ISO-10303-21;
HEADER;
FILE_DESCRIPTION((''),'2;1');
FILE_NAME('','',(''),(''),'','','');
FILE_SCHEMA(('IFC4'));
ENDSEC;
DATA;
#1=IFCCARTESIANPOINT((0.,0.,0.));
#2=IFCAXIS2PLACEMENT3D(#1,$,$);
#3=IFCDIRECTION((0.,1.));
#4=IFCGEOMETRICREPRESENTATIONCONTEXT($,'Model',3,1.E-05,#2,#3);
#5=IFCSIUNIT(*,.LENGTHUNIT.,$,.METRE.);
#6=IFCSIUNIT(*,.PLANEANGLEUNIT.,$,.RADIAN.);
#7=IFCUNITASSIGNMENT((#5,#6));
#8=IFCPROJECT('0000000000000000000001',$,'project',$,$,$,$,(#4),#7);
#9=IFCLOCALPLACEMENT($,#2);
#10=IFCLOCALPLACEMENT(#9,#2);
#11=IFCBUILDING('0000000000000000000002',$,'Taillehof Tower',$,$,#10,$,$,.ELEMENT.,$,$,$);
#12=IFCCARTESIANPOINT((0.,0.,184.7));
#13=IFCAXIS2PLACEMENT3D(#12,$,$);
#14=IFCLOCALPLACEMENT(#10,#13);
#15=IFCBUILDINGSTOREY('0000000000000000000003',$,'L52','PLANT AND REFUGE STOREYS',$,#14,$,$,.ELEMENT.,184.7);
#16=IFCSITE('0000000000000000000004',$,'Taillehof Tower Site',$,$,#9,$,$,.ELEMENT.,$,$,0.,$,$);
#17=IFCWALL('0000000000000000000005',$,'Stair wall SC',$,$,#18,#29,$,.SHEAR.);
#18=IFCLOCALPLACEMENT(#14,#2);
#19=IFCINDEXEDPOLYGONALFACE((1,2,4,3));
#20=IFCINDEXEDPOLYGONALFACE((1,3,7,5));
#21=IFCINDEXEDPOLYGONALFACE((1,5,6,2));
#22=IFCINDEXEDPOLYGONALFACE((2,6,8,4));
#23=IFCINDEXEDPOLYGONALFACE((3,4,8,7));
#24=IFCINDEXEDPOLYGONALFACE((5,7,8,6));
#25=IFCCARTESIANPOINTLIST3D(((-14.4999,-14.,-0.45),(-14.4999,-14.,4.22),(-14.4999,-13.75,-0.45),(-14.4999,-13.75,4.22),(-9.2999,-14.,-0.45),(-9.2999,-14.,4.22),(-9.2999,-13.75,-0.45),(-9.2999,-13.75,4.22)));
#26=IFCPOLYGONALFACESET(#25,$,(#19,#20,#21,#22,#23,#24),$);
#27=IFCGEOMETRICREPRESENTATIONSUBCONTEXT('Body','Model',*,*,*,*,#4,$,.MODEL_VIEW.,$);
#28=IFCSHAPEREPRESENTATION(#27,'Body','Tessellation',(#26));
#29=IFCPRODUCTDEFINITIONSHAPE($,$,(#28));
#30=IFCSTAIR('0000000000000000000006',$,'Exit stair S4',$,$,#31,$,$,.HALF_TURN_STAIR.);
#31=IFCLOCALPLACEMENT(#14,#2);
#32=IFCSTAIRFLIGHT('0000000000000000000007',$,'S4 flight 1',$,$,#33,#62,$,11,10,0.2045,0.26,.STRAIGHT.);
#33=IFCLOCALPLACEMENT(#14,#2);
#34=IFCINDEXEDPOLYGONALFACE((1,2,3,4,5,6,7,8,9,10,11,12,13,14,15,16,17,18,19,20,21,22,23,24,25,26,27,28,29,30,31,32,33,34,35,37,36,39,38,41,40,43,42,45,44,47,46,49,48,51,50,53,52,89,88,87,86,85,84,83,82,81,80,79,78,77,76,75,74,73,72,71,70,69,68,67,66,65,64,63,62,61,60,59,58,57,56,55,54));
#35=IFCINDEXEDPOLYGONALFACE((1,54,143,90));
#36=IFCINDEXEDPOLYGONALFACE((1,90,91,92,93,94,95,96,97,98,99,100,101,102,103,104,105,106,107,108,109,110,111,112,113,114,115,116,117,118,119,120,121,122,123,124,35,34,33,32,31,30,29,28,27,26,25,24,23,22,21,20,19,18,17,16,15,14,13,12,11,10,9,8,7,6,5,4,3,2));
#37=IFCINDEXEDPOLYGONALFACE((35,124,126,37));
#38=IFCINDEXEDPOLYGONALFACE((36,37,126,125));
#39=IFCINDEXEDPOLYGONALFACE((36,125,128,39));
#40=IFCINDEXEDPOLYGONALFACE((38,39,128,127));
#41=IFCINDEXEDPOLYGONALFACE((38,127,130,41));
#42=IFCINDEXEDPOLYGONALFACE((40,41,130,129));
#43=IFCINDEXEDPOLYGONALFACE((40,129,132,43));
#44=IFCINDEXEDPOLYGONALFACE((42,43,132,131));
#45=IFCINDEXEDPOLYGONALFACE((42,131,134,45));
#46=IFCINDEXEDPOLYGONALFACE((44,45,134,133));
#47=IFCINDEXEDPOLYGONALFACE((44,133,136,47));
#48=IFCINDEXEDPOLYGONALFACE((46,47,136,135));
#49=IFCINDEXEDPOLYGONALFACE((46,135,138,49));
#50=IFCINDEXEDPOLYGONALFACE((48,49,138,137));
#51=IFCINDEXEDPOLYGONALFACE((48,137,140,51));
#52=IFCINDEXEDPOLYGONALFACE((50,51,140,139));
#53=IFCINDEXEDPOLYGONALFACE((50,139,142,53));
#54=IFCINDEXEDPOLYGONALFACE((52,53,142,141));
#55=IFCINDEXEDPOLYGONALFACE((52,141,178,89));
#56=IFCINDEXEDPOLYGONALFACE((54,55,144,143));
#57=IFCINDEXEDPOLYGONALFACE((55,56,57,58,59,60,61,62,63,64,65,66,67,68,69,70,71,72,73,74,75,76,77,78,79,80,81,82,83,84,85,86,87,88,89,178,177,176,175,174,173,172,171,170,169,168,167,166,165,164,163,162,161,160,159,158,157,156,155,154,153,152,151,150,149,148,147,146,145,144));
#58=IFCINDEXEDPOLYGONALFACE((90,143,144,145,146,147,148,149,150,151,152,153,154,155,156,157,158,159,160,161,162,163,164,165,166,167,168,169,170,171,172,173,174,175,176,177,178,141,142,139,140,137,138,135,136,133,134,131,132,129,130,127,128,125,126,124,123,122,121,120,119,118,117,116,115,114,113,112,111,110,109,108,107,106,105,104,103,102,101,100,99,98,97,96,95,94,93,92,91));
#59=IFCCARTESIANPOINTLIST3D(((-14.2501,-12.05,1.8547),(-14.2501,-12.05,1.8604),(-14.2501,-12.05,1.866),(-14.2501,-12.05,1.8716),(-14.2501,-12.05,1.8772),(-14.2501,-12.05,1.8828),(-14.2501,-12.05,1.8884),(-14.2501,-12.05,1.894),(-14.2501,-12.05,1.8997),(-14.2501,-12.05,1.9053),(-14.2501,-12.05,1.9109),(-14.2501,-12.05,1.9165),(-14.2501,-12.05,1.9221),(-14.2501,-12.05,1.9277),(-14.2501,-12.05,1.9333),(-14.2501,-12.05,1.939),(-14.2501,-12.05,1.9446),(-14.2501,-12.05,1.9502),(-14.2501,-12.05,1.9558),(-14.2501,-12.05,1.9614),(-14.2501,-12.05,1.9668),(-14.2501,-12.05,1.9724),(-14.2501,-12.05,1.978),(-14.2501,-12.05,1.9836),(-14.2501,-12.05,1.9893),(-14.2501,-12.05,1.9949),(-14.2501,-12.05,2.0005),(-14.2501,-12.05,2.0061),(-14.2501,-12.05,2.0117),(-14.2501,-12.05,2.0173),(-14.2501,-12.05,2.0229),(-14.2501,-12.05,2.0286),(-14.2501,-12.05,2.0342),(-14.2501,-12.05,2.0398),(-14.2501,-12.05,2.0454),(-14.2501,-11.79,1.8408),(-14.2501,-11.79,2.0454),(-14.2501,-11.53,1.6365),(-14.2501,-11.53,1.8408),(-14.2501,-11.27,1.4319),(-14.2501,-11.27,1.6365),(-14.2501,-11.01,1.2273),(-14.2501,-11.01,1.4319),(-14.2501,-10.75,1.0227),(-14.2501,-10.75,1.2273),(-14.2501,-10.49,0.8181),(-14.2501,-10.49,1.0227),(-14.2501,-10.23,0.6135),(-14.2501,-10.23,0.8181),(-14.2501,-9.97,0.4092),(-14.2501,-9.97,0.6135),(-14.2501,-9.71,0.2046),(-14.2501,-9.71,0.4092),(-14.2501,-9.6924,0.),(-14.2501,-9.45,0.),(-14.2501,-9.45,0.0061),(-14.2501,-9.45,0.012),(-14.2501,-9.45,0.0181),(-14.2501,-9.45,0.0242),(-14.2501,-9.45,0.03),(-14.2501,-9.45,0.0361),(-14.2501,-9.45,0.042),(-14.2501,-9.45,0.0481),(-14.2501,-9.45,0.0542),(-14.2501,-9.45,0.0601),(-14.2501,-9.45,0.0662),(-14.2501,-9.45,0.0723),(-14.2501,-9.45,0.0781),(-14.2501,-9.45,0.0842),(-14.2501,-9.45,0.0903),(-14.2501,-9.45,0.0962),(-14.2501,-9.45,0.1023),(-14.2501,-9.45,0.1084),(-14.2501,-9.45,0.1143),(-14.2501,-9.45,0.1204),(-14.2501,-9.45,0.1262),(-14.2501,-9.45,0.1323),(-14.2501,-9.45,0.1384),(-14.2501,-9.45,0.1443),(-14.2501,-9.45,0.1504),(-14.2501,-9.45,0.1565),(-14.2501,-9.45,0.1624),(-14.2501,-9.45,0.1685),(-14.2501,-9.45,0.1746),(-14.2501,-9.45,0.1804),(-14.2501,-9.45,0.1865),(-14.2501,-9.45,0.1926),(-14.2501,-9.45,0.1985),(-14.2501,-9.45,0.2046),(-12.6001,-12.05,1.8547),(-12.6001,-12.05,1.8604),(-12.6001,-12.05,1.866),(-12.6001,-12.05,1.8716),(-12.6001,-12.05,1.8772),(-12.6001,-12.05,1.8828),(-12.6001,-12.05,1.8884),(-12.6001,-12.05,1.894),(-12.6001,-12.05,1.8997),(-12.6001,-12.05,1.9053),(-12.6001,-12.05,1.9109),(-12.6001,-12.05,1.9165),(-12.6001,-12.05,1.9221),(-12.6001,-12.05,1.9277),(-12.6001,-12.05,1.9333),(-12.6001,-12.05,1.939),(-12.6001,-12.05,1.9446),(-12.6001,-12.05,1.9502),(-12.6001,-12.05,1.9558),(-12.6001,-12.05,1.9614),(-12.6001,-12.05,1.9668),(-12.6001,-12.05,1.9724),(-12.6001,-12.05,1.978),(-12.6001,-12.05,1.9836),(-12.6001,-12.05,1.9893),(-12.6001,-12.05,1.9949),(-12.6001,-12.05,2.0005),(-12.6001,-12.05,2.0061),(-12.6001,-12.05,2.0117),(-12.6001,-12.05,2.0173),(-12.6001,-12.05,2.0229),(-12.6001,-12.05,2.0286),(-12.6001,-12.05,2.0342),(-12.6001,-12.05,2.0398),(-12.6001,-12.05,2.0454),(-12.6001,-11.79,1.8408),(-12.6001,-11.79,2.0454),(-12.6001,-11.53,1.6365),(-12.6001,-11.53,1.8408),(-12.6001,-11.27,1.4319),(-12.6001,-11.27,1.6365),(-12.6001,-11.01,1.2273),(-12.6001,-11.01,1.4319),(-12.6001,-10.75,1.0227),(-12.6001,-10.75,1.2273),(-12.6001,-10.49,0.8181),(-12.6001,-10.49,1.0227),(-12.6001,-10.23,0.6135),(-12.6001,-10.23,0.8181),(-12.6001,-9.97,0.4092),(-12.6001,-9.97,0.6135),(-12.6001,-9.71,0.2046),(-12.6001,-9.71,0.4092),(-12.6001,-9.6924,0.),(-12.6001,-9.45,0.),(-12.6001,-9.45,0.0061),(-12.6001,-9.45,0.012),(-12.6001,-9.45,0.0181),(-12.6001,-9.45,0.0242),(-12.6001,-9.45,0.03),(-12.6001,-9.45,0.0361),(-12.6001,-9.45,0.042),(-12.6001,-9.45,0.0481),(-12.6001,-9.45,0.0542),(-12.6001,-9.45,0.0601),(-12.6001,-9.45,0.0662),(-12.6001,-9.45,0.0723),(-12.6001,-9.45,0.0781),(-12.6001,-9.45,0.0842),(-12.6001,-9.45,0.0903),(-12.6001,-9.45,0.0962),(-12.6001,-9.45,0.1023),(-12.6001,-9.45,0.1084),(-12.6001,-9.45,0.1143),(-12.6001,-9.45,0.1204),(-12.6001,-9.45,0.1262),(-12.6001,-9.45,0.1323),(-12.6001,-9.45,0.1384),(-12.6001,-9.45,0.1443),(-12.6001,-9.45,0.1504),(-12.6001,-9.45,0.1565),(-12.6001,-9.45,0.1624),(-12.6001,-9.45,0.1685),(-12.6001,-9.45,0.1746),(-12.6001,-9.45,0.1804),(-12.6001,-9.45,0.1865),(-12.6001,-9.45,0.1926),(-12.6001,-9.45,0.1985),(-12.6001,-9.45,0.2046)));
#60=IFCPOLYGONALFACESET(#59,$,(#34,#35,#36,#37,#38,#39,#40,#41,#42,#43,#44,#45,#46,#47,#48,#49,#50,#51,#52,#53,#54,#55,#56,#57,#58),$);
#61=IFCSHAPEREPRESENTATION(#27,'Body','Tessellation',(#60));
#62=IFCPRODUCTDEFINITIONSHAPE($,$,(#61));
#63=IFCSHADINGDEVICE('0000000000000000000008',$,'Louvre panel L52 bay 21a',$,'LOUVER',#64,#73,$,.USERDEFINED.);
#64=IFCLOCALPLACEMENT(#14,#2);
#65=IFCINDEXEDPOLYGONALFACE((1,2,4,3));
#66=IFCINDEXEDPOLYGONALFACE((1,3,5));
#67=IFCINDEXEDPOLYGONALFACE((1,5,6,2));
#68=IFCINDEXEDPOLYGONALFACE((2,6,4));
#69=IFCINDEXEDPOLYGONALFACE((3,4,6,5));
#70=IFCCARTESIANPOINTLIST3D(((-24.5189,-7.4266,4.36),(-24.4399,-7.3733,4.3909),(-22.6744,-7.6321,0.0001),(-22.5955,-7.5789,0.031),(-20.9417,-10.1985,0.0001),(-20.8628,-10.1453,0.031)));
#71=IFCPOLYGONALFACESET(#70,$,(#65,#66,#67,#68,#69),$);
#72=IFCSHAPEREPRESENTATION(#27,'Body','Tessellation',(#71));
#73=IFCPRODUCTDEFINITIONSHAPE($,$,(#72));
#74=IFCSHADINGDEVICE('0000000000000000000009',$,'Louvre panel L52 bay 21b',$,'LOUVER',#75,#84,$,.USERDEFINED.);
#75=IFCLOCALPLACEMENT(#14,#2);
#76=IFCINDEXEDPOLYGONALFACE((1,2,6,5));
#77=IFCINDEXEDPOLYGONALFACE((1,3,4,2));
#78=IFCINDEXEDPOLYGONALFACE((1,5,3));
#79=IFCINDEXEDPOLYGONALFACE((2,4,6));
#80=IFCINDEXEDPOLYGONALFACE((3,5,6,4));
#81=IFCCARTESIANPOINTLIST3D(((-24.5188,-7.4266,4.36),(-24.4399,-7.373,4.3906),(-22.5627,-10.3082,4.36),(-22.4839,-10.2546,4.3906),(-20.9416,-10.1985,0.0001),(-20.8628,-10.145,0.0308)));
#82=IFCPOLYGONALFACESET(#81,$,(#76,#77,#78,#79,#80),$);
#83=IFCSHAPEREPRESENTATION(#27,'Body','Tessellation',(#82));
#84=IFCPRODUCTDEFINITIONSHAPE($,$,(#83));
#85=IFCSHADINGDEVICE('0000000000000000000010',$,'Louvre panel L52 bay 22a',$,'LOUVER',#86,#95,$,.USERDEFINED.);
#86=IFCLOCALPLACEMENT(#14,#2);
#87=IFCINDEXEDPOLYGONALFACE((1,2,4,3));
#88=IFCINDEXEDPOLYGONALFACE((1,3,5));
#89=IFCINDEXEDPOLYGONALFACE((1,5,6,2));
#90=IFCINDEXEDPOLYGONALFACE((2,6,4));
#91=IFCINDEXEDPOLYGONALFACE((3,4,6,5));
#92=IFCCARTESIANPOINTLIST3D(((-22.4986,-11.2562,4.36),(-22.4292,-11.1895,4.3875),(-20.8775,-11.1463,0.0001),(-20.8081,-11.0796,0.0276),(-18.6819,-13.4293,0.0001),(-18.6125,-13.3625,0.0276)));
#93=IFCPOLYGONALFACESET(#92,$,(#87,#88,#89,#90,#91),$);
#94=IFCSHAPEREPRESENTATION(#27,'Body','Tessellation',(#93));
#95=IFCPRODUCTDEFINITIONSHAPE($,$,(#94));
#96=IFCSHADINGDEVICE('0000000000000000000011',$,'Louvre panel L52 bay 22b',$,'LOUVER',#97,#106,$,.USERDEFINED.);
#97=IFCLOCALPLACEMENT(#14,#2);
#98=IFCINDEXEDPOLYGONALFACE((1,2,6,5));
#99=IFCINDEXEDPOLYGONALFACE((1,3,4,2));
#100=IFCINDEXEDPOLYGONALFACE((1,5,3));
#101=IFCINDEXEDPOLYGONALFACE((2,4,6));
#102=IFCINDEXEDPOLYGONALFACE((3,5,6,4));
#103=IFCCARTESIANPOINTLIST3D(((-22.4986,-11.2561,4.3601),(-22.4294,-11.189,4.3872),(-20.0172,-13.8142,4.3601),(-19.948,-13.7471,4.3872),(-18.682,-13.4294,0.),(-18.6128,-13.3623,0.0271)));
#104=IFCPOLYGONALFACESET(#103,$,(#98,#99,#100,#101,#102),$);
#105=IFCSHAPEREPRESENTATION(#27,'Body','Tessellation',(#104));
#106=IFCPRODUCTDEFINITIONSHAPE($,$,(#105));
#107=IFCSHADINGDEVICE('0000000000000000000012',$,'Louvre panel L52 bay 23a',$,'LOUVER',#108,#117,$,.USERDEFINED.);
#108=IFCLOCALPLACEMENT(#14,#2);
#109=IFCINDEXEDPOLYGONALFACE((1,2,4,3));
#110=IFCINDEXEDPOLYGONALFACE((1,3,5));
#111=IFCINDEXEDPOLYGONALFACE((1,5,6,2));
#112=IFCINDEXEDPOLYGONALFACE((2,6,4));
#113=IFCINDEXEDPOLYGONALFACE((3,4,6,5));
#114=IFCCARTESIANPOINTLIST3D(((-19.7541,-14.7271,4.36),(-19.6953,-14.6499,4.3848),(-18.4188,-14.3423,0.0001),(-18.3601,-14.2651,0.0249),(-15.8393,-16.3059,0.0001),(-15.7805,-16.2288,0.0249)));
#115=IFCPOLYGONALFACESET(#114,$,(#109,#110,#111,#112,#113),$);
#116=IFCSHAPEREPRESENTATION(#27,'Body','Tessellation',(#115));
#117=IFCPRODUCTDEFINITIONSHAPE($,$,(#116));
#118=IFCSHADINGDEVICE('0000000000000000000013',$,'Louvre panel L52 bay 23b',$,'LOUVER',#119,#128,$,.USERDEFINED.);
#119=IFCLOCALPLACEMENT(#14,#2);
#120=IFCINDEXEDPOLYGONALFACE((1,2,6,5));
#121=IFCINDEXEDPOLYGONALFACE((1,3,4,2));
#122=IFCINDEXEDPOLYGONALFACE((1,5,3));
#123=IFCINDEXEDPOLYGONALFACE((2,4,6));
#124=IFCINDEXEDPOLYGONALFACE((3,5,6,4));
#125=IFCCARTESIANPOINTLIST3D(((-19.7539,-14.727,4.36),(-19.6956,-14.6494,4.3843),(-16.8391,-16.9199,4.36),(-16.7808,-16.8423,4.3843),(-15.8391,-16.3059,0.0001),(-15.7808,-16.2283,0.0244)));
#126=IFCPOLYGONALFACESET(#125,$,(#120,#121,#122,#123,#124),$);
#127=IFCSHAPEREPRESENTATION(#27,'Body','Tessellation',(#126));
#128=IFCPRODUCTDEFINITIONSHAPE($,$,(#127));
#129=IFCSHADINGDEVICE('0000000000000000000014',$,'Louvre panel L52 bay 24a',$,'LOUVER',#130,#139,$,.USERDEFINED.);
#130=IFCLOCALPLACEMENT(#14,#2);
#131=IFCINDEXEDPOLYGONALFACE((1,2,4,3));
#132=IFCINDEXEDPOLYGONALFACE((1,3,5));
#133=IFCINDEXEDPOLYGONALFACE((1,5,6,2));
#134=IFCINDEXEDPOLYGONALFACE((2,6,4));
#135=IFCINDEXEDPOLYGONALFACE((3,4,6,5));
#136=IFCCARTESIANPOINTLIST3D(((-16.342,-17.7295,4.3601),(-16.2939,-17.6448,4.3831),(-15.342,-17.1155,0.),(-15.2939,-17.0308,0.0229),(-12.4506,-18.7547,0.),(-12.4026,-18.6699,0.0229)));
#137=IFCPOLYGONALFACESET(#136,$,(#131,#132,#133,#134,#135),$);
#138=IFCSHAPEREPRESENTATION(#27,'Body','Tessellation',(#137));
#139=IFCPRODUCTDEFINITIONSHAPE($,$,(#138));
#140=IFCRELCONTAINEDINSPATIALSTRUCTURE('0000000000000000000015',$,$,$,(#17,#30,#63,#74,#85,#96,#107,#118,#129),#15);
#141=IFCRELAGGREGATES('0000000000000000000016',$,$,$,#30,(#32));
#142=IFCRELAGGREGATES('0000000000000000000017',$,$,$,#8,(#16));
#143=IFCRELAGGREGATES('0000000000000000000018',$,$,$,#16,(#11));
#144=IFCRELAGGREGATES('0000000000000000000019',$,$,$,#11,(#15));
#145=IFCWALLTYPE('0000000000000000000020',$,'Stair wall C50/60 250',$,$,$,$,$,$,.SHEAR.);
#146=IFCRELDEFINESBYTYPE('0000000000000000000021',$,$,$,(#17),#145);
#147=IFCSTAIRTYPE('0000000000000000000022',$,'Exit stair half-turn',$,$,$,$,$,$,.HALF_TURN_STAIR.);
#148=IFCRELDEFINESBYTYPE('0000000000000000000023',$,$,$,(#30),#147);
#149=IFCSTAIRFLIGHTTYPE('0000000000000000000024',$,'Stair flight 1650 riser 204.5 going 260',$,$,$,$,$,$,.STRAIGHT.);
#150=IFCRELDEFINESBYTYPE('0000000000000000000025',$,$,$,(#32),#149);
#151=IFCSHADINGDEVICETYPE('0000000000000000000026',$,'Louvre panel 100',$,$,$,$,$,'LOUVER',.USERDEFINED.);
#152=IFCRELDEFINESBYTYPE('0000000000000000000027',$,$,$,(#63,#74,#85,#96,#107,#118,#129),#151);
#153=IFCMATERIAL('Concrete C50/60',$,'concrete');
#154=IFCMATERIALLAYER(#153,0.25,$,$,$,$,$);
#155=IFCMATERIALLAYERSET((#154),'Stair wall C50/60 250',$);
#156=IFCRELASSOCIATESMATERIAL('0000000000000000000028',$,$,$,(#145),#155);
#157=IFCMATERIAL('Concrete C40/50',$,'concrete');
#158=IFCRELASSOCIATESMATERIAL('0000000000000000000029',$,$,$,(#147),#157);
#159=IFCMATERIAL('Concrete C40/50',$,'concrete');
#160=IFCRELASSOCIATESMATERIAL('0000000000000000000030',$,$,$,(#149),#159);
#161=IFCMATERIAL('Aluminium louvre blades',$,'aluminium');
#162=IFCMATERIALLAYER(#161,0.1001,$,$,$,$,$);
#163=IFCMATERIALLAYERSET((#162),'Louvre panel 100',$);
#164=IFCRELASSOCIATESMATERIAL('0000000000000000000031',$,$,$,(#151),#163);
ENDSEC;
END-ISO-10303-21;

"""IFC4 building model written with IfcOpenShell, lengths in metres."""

from ifc_helpers import new_model, si_unit, direction, frame, frame_2d, origin, place, context, subcontext, project, spatial, polyline, rectangle, outline, extrude, material, layer, layer_set, type_object, element, aggregate, save


model = new_model("IFC4")

# Units and contexts
model_context = context("Model", 3, precision=1e-05, world=origin(), true_north=direction((0.0, 1.0)))
body_context = subcontext(model_context, "Body", "Model", "MODEL_VIEW")
ifc_project = project(units=[si_unit("LENGTHUNIT", "METRE"), si_unit("PLANEANGLEUNIT", "RADIAN")], contexts=[model_context])

# Site, building, storey
site_placement = place(None, origin())
site = spatial("IfcSite", under=ifc_project, at=site_placement, Name="Taillehof Tower Site", CompositionType="ELEMENT", RefElevation=0.0)
building_placement = place(site_placement, origin())
building = spatial("IfcBuilding", under=site, at=building_placement, Name="Taillehof Tower", CompositionType="ELEMENT")
storey_placement = place(building_placement, frame((0.0, 0.0, 184.7)))
storey = spatial("IfcBuildingStorey", under=building, at=storey_placement, Name="L52", Description="PLANT AND REFUGE STOREYS", CompositionType="ELEMENT", Elevation=184.7)

# Wall
ifc_material_1 = material(Name="Concrete C50/60", Category="concrete")
ifc_layer_1 = layer(ifc_material_1, 0.25)
ifc_layer_set_1 = layer_set([ifc_layer_1], Name="Stair wall C50/60 250")
wall_type_1 = type_object("IfcWallType", Name="Stair wall C50/60 250", PredefinedType="SHEAR", material=ifc_layer_set_1)
for number, where, z_axis, x_axis, name in (
    (1, (-14.5, -13.875, -0.45), (0.0, 0.0, 1.0), (1.0, 0.0, 0.0), "Stair wall SC"),
):
    element("IfcWall", number, at=place(storey_placement, frame(where, z_axis=z_axis, x_axis=x_axis)), inside=storey, type_object=wall_type_1, Name=name, PredefinedType="SHEAR", context=body_context, shape_type="SweptSolid", body=[
        extrude(rectangle(XDim=5.2, YDim=0.25, at=frame_2d((2.6001, 0.0))), origin(), (0.0, 0.0, 1.0), 4.6699),
    ])

# Stair, stair flight
ifc_material_2 = material(Name="Concrete C40/50", Category="concrete")
stair_type = type_object("IfcStairType", Name="Exit stair half-turn", PredefinedType="HALF_TURN_STAIR", material=ifc_material_2)
stair_placement = place(storey_placement, origin())
stair = element("IfcStair", 2, at=stair_placement, inside=storey, type_object=stair_type, Name="Exit stair S4", PredefinedType="HALF_TURN_STAIR")
ifc_material_3 = material(Name="Concrete C40/50", Category="concrete")
stair_flight_type = type_object("IfcStairFlightType", Name="Stair flight 1650 riser 204.5 going 260", PredefinedType="STRAIGHT", material=ifc_material_3)
stair_flight_placement = place(storey_placement, frame((-13.425, -9.45, 0.0), z_axis=(0.0, 0.0, 1.0), x_axis=(0.0, -1.0, 0.0)))
stair_flight = element("IfcStairFlight", 3, at=stair_flight_placement, type_object=stair_flight_type, Name="S4 flight 1", NumberOfRisers=11, NumberOfTreads=10, PredefinedType="STRAIGHT", RiserHeight=0.2045, TreadLength=0.26, context=body_context, shape_type="SweptSolid", body=[
    extrude(outline(polyline([(0.0, 0.0), (0.0, 0.0061), (0.0, 0.012), (0.0, 0.0181), (0.0, 0.0242), (0.0, 0.03), (0.0, 0.0361), (0.0, 0.042), (0.0, 0.0481), (0.0, 0.0542), (0.0, 0.0601), (0.0, 0.0662), (0.0, 0.0723), (0.0, 0.0781), (0.0, 0.0842), (0.0, 0.0903), (0.0, 0.0962), (0.0, 0.1023), (0.0, 0.1084), (0.0, 0.1143), (0.0, 0.1204), (0.0, 0.1262), (0.0, 0.1323), (0.0, 0.1384), (0.0, 0.1443), (0.0, 0.1504), (0.0, 0.1565), (0.0, 0.1624), (0.0, 0.1685), (0.0, 0.1746), (0.0, 0.1804), (0.0, 0.1865), (0.0, 0.1926), (0.0, 0.1985), (0.0, 0.2046), (0.26, 0.2046), (0.26, 0.4092), (0.52, 0.4092), (0.52, 0.6135), (0.78, 0.6135), (0.78, 0.8181), (1.04, 0.8181), (1.04, 1.0227), (1.3, 1.0227), (1.3, 1.2273), (1.5601, 1.2273), (1.5601, 1.4319), (1.8201, 1.4319), (1.8201, 1.6365), (2.0801, 1.6365), (2.0801, 1.8408), (2.3401, 1.8408), (2.3401, 2.0454), (2.6001, 2.0454), (2.6001, 2.0398), (2.6001, 2.0342), (2.6001, 2.0286), (2.6001, 2.0229), (2.6001, 2.0173), (2.6001, 2.0117), (2.6001, 2.0061), (2.6001, 2.0005), (2.6001, 1.9949), (2.6001, 1.9893), (2.6001, 1.9836), (2.6001, 1.978), (2.6001, 1.9724), (2.6001, 1.9668), (2.6001, 1.9614), (2.6001, 1.9558), (2.6001, 1.9502), (2.6001, 1.9446), (2.6001, 1.939), (2.6001, 1.9333), (2.6001, 1.9277), (2.6001, 1.9221), (2.6001, 1.9165), (2.6001, 1.9109), (2.6001, 1.9053), (2.6001, 1.8997), (2.6001, 1.894), (2.6001, 1.8884), (2.6001, 1.8828), (2.6001, 1.8772), (2.6001, 1.8716), (2.6001, 1.866), (2.6001, 1.8604), (2.6001, 1.8547), (0.2424, 0.0), (0.0, 0.0)])), frame((0.0, 0.825, 0.0), z_axis=(0.0, -1.0, 0.0), x_axis=(1.0, 0.0, 0.0)), (0.0, 0.0, 1.0), 1.65),
])
aggregate(stair, [stair_flight])

# Shading devices
ifc_material_4 = material(Name="Aluminium louvre blades", Category="aluminium")
ifc_layer_2 = layer(ifc_material_4, 0.1001)
ifc_layer_set_2 = layer_set([ifc_layer_2], Name="Louvre panel 100")
shading_device_type = type_object("IfcShadingDeviceType", Name="Louvre panel 100", ElementType="LOUVER", PredefinedType="USERDEFINED", material=ifc_layer_set_2)
shading_device_1_placement = place(storey_placement, frame((-22.5955, -7.5789, 0.031), z_axis=(0.788389, 0.532267, 0.308439), x_axis=(0.559549, -0.828797, 0.0)))
element("IfcShadingDevice", 4, at=shading_device_1_placement, inside=storey, type_object=shading_device_type, Name="Louvre panel L52 bay 21a", ObjectType="LOUVER", PredefinedType="USERDEFINED", context=body_context, shape_type="SweptSolid", body=[
    extrude(outline(polyline([(0.0, 0.0), (3.0965, 0.0), (-1.2025, -4.5833), (0.0, 0.0)])), origin(), (0.0, 0.0, -1.0), 0.1001),
])
shading_device_2_placement = place(storey_placement, frame((-20.8628, -10.145, 0.0308), z_axis=(0.787617, 0.534643, 0.306296), x_axis=(-0.348414, -0.02356, 0.937045)))
element("IfcShadingDevice", 5, at=shading_device_2_placement, inside=storey, type_object=shading_device_type, Name="Louvre panel L52 bay 21b", ObjectType="LOUVER", PredefinedType="USERDEFINED", context=body_context, shape_type="SweptSolid", body=[
    extrude(outline(polyline([(0.0, 0.0), (4.6528, 0.0), (5.2664, -3.4283), (0.0, 0.0)])), origin(), (0.0, 0.0, -1.0), 0.1001),
])
shading_device_3_placement = place(storey_placement, frame((-20.8081, -11.0796, 0.0276), z_axis=(0.693083, 0.666548, 0.2745), x_axis=(0.693175, -0.720769, 0.0)))
element("IfcShadingDevice", 6, at=shading_device_3_placement, inside=storey, type_object=shading_device_type, Name="Louvre panel L52 bay 22a", ObjectType="LOUVER", PredefinedType="USERDEFINED", context=body_context, shape_type="SweptSolid", body=[
    extrude(outline(polyline([(0.0, 0.0), (3.1674, 0.0), (-1.0445, -4.534), (0.0, 0.0)])), origin(), (0.0, 0.0, -1.0), 0.1001),
])
shading_device_4_placement = place(storey_placement, frame((-18.6128, -13.3623, 0.0271), z_axis=(0.690971, 0.670265, 0.270746), x_axis=(-0.291773, -0.08408, 0.952785)))
element("IfcShadingDevice", 7, at=shading_device_4_placement, inside=storey, type_object=shading_device_type, Name="Louvre panel L52 bay 22b", ObjectType="LOUVER", PredefinedType="USERDEFINED", context=body_context, shape_type="SweptSolid", body=[
    extrude(outline(polyline([(0.0, 0.0), (4.5762, 0.0), (5.0851, -3.5274), (0.0, 0.0)])), origin(), (0.0, 0.0, -1.0), 0.1001),
])
shading_device_5_placement = place(storey_placement, frame((-18.3601, -14.2651, 0.0249), z_axis=(0.586814, 0.770891, 0.247744), x_axis=(0.795696, -0.605696, 0.0)))
element("IfcShadingDevice", 8, at=shading_device_5_placement, inside=storey, type_object=shading_device_type, Name="Louvre panel L52 bay 23a", ObjectType="LOUVER", PredefinedType="USERDEFINED", context=body_context, shape_type="SweptSolid", body=[
    extrude(outline(polyline([(0.0, 0.0), (3.2419, 0.0), (-0.8294, -4.5002), (0.0, 0.0)])), origin(), (0.0, 0.0, -1.0), 0.1001),
])
shading_device_6_placement = place(storey_placement, frame((-15.7808, -16.2283, 0.0244), z_axis=(0.583179, 0.775169, 0.24293), x_axis=(-0.221483, -0.135994, 0.965635)))
element("IfcShadingDevice", 9, at=shading_device_6_placement, inside=storey, type_object=shading_device_type, Name="Louvre panel L52 bay 23b", ObjectType="LOUVER", PredefinedType="USERDEFINED", context=body_context, shape_type="SweptSolid", body=[
    extrude(outline(polyline([(0.0, 0.0), (4.515, 0.0), (4.8624, -3.631), (0.0, 0.0)])), origin(), (0.0, 0.0, -1.0), 0.1001),
])
shading_device_7_placement = place(storey_placement, frame((-15.2939, -17.0308, 0.0229), z_axis=(0.480033, 0.846742, 0.229339), x_axis=(0.869929, -0.493178, 0.0)))
element("IfcShadingDevice", 10, at=shading_device_7_placement, inside=storey, type_object=shading_device_type, Name="Louvre panel L52 bay 24a", ObjectType="LOUVER", PredefinedType="USERDEFINED", context=body_context, shape_type="SweptSolid", body=[
    extrude(outline(polyline([(0.0, 0.0), (3.3237, 0.0), (-0.5671, -4.4795), (0.0, 0.0)])), origin(), (0.0, 0.0, -1.0), 0.1001),
])

save(model, "model.ifc")
